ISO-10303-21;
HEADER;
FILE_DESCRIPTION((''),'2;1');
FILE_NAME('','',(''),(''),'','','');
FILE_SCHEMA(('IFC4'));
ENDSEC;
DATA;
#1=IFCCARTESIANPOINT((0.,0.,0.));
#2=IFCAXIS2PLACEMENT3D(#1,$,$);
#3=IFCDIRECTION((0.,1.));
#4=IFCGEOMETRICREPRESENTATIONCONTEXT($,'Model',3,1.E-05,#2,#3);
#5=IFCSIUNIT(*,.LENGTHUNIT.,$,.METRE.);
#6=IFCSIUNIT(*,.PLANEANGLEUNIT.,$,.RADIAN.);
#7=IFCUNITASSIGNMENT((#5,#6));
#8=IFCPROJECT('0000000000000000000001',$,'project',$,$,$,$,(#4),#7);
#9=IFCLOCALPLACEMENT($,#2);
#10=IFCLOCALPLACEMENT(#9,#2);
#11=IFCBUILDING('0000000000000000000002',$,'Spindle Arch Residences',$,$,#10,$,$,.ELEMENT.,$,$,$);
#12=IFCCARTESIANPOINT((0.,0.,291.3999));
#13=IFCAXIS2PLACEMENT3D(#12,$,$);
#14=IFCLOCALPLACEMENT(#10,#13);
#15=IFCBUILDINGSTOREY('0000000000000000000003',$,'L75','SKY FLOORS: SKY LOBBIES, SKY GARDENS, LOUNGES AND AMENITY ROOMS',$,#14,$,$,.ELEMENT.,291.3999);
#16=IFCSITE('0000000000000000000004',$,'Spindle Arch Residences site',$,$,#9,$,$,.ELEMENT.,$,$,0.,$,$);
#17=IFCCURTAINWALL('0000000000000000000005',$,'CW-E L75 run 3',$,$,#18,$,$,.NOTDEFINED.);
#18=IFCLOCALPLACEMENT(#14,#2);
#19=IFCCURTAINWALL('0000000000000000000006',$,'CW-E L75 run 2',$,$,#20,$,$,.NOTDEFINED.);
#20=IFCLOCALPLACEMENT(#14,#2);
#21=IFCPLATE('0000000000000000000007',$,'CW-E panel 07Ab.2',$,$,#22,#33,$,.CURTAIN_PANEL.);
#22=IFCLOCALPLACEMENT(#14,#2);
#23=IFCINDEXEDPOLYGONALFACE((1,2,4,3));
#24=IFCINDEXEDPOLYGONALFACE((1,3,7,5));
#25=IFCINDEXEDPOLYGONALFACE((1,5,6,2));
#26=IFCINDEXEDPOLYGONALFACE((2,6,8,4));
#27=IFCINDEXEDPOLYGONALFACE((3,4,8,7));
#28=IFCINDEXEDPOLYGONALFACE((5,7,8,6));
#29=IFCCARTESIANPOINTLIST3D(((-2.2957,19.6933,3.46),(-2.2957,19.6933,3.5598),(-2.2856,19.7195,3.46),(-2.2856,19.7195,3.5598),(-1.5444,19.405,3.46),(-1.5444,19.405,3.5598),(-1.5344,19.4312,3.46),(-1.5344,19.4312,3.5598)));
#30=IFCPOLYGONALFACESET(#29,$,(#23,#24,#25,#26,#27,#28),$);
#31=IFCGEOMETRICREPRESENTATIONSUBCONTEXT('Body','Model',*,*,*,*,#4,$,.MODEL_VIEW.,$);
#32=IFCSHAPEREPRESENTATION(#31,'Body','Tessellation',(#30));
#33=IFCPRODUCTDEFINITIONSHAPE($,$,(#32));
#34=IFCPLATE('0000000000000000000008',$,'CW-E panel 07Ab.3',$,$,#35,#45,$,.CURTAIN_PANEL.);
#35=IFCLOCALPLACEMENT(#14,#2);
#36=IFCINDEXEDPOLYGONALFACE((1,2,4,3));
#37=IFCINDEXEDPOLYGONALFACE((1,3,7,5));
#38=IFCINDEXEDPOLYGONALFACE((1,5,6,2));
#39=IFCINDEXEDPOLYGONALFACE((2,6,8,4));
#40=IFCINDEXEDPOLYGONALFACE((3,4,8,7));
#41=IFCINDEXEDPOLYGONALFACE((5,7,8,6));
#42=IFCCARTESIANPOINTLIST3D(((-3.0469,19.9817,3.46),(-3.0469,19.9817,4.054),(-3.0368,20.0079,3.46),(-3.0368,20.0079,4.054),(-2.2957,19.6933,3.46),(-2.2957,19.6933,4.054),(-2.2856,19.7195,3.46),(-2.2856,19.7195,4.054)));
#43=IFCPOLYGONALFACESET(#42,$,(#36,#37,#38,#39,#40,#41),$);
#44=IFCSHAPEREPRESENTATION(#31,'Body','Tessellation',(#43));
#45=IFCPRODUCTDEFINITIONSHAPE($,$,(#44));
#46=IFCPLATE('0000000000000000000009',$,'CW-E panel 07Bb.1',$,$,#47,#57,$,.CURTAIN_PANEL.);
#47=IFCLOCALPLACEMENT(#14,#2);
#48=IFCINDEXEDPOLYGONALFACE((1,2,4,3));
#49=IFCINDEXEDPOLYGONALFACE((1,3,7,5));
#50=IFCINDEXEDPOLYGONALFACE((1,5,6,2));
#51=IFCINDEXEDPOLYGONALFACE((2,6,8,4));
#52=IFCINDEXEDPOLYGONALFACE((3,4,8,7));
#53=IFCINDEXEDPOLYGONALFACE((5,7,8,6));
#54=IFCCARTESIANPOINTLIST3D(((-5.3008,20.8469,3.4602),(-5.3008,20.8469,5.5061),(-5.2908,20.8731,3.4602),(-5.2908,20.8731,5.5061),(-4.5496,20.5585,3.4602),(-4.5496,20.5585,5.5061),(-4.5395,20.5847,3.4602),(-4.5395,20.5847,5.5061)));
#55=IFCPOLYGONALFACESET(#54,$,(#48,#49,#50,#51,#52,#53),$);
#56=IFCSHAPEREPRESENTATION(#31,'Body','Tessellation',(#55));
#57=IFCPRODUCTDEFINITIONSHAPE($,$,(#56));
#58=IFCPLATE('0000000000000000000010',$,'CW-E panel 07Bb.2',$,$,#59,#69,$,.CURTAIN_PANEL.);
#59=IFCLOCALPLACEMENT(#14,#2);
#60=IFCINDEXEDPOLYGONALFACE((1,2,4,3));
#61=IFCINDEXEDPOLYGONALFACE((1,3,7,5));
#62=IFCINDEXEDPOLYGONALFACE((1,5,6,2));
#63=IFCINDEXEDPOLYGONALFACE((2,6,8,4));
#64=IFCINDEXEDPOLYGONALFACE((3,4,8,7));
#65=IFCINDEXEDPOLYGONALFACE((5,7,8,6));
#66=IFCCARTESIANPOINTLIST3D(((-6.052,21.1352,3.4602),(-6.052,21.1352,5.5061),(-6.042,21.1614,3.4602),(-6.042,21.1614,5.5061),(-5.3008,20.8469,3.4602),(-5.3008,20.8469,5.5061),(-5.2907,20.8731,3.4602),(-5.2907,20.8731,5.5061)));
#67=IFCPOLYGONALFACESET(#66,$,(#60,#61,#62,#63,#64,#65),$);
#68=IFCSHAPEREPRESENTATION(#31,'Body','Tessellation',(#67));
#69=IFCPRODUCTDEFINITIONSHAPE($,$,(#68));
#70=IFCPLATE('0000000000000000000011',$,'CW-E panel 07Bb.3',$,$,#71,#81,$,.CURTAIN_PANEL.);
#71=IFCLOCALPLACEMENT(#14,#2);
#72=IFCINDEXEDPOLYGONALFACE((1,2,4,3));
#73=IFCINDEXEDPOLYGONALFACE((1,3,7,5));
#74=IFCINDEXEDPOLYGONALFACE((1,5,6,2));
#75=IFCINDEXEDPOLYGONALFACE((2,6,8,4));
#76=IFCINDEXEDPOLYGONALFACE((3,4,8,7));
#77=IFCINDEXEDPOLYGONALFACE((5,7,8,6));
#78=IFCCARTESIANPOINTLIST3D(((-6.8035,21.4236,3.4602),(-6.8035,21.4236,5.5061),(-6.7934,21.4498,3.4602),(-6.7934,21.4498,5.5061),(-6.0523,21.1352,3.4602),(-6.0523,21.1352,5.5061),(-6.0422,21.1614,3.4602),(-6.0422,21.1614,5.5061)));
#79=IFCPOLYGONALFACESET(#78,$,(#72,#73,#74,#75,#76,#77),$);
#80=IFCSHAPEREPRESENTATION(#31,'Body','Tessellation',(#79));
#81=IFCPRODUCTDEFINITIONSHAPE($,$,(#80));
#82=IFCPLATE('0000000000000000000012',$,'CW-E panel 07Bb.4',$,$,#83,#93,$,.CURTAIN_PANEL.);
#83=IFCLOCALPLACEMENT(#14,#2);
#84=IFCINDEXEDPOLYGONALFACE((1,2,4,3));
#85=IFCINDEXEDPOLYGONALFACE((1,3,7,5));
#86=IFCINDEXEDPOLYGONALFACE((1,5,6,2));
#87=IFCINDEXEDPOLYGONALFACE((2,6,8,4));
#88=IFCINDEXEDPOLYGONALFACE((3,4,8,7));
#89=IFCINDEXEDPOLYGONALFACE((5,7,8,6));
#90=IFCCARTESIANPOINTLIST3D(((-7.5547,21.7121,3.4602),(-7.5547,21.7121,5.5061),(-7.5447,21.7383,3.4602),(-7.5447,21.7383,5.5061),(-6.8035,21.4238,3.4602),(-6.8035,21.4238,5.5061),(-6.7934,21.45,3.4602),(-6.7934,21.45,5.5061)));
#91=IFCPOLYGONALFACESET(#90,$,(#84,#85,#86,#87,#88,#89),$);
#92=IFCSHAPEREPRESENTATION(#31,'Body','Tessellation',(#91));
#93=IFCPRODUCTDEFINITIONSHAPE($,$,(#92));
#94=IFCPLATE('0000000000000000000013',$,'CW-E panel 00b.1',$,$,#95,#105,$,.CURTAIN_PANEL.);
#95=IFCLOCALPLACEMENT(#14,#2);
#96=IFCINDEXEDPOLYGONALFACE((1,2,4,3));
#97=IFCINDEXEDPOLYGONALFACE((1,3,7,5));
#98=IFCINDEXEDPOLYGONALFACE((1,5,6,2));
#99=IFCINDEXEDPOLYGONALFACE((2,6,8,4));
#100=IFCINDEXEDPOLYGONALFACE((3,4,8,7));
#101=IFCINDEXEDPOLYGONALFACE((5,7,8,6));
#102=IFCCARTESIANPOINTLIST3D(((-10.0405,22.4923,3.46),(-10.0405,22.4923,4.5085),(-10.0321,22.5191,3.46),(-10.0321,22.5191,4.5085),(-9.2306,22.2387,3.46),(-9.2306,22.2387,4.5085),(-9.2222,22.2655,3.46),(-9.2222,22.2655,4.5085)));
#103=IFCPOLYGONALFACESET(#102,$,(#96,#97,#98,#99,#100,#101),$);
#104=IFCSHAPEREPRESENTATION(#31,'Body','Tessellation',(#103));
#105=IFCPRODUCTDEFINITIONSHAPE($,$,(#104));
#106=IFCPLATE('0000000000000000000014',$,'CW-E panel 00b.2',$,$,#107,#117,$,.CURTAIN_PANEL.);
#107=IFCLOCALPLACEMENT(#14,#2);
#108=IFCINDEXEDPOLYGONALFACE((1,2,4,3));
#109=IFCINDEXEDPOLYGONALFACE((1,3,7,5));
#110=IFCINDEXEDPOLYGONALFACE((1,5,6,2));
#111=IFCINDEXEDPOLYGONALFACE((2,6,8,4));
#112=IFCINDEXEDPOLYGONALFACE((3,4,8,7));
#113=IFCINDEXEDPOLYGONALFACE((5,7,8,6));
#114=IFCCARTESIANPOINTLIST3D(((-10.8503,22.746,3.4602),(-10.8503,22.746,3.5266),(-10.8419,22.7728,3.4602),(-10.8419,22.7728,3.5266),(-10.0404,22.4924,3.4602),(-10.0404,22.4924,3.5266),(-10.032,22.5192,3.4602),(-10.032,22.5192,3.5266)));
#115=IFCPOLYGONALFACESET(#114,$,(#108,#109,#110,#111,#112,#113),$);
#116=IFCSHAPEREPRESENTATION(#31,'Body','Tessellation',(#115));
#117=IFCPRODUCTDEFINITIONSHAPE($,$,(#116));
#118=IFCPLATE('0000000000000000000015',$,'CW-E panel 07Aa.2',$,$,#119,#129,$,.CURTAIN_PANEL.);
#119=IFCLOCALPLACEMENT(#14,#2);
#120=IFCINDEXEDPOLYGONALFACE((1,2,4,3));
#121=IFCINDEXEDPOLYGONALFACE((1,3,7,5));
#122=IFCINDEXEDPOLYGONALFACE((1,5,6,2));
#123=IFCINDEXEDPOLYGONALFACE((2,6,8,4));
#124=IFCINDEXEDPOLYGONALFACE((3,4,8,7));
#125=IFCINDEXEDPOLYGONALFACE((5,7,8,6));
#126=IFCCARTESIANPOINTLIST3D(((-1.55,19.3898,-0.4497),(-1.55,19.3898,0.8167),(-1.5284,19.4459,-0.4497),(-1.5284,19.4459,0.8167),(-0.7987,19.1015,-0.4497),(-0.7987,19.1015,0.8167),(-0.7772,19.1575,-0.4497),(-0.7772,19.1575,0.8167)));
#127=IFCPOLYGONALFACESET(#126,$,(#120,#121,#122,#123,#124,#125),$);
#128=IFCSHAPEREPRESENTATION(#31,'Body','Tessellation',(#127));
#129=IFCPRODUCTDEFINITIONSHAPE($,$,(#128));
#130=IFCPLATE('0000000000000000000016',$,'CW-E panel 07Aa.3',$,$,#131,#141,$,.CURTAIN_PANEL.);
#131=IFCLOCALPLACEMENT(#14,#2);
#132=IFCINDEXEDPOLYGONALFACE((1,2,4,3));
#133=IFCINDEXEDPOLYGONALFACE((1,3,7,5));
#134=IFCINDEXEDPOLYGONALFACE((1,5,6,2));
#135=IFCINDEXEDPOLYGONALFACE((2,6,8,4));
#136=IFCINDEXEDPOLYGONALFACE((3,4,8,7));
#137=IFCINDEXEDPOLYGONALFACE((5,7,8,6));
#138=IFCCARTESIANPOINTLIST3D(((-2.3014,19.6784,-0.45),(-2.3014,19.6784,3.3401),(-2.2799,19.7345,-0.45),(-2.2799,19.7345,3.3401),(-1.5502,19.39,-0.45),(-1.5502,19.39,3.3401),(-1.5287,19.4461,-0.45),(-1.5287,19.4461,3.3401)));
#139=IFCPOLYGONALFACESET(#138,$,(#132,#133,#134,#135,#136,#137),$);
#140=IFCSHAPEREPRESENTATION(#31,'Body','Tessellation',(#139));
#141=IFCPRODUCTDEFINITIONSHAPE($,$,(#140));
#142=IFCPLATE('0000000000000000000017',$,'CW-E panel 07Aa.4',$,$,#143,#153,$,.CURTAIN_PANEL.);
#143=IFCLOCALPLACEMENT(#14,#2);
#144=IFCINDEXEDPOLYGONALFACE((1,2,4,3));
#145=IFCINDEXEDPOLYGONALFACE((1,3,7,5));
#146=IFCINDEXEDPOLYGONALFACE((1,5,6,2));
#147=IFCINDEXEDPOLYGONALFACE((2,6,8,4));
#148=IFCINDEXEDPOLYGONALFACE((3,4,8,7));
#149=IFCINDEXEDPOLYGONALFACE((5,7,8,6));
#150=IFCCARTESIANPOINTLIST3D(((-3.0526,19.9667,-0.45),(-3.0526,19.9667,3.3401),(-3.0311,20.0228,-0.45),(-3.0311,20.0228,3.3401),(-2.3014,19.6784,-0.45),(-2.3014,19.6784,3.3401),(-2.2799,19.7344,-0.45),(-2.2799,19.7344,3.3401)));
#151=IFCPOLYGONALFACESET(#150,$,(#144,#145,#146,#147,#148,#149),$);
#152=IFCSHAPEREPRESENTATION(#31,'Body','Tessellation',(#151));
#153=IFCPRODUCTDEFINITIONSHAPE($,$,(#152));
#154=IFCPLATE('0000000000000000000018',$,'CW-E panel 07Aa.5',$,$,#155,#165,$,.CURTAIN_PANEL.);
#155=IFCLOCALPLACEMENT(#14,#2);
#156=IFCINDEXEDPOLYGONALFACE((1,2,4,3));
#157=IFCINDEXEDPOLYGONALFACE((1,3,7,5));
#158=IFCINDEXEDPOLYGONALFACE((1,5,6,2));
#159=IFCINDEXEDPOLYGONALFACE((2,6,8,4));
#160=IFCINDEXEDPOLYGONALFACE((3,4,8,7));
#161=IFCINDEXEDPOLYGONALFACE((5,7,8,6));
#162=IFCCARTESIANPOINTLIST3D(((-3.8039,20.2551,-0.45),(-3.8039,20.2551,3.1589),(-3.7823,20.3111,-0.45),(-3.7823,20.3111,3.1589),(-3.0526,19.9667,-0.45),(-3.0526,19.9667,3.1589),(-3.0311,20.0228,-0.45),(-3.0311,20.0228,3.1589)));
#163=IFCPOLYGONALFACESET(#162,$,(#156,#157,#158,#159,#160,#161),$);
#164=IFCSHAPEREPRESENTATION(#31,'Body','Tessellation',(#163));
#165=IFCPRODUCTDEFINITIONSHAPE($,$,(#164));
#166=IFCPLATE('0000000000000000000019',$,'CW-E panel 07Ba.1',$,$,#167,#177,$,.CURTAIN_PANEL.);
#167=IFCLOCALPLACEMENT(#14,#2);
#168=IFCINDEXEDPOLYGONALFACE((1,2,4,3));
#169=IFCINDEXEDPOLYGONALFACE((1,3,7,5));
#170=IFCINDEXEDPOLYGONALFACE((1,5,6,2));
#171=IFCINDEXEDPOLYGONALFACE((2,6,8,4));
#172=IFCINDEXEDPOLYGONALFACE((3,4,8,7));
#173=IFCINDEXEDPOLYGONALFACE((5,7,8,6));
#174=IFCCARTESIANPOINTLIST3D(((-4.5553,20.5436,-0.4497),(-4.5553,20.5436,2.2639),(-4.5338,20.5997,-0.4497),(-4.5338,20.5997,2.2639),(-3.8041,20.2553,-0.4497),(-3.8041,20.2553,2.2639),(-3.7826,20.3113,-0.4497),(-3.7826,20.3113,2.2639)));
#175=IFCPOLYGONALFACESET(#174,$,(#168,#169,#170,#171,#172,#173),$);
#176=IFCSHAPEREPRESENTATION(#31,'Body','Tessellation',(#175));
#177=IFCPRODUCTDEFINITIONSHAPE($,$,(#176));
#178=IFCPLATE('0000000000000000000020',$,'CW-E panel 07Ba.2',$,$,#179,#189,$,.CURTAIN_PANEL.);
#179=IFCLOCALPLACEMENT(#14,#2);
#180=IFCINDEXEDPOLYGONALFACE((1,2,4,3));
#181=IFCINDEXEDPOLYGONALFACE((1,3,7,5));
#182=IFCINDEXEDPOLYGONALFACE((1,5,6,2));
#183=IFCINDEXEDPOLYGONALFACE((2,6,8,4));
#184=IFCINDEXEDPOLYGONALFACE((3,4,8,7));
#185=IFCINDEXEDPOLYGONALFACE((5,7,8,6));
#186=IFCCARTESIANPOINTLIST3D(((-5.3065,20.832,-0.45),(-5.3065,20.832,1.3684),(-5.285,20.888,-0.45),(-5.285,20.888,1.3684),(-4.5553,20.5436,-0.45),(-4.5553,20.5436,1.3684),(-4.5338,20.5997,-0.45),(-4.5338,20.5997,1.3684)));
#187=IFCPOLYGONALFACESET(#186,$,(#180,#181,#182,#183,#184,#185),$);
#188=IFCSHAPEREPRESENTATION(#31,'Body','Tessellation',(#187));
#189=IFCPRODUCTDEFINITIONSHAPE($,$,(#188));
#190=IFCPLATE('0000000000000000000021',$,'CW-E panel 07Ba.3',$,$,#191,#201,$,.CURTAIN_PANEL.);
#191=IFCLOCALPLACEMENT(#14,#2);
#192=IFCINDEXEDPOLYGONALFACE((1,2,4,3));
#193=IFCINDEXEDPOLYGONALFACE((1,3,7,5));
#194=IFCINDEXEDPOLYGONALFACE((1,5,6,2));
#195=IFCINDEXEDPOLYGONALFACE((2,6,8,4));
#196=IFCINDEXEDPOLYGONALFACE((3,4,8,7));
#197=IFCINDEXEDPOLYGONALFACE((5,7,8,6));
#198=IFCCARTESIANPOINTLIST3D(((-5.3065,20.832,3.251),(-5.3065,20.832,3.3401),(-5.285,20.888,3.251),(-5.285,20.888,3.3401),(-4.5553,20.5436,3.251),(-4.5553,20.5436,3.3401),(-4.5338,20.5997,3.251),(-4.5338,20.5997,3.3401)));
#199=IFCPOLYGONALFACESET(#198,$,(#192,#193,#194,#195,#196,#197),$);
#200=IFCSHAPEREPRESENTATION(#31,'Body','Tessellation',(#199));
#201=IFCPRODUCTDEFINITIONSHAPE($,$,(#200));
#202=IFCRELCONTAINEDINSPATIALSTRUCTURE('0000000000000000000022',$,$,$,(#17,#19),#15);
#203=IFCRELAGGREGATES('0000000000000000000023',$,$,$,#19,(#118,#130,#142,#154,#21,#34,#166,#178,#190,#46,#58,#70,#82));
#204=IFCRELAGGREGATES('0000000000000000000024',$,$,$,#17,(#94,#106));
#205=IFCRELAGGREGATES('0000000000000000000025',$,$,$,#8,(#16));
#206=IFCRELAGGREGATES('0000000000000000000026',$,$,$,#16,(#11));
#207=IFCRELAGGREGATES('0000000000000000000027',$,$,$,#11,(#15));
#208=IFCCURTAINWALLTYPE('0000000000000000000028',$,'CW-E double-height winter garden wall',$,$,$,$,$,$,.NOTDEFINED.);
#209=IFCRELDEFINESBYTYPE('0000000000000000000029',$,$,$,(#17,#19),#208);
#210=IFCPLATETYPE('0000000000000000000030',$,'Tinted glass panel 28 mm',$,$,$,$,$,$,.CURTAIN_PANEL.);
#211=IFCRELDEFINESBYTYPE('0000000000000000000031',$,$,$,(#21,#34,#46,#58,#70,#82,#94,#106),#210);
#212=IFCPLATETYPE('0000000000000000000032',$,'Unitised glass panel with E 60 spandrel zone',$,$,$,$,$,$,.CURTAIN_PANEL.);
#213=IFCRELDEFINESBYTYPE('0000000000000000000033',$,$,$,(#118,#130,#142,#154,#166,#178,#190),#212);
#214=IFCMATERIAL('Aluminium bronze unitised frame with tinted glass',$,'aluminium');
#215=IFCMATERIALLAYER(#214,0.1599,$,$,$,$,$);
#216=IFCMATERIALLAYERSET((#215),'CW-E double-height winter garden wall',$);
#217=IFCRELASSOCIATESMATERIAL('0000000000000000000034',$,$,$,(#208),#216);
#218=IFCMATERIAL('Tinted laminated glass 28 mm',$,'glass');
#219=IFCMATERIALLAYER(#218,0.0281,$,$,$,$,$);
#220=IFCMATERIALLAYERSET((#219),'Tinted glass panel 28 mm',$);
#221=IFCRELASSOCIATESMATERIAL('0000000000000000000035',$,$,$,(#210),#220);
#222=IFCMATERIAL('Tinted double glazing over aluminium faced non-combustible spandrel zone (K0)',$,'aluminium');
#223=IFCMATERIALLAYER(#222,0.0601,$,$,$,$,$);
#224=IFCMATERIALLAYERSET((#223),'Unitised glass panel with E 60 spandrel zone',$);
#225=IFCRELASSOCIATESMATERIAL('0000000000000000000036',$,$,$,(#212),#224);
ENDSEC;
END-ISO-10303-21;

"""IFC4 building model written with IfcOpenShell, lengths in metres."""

from ifc_helpers import new_model, si_unit, direction, frame, origin, origin_2d, place, context, subcontext, project, spatial, rectangle, extrude, material, layer, layer_set, type_object, element, aggregate, save


model = new_model("IFC4")

# Units and contexts
model_context = context("Model", 3, precision=1e-05, world=origin(), true_north=direction((0.0, 1.0)))
body_context = subcontext(model_context, "Body", "Model", "MODEL_VIEW")
ifc_project = project(units=[si_unit("LENGTHUNIT", "METRE"), si_unit("PLANEANGLEUNIT", "RADIAN")], contexts=[model_context])

# Site, building, storey
site_placement = place(None, origin())
site = spatial("IfcSite", under=ifc_project, at=site_placement, Name="Spindle Arch Residences site", CompositionType="ELEMENT", RefElevation=0.0)
building_placement = place(site_placement, origin())
building = spatial("IfcBuilding", under=site, at=building_placement, Name="Spindle Arch Residences", CompositionType="ELEMENT")
storey_placement = place(building_placement, frame((0.0, 0.0, 291.3999)))
storey = spatial("IfcBuildingStorey", under=building, at=storey_placement, Name="L75", Description="SKY FLOORS: SKY LOBBIES, SKY GARDENS, LOUNGES AND AMENITY ROOMS", CompositionType="ELEMENT", Elevation=291.3999)

# Curtain wall
ifc_material_1 = material(Name="Aluminium bronze unitised frame with tinted glass", Category="aluminium")
ifc_layer_1 = layer(ifc_material_1, 0.1599)
ifc_layer_set_1 = layer_set([ifc_layer_1], Name="CW-E double-height winter garden wall")
curtain_wall_type = type_object("IfcCurtainWallType", Name="CW-E double-height winter garden wall", PredefinedType="NOTDEFINED", material=ifc_layer_set_1)
curtain_wall_1_placement = place(storey_placement, origin())
curtain_wall_1 = element("IfcCurtainWall", 1, at=curtain_wall_1_placement, inside=storey, type_object=curtain_wall_type, Name="CW-E L75 run 3", PredefinedType="NOTDEFINED")

# Curtain wall
curtain_wall_2_placement = place(storey_placement, origin())
curtain_wall_2 = element("IfcCurtainWall", 2, at=curtain_wall_2_placement, inside=storey, type_object=curtain_wall_type, Name="CW-E L75 run 2", PredefinedType="NOTDEFINED")

# Plates
ifc_material_2 = material(Name="Tinted laminated glass 28 mm", Category="glass")
ifc_layer_2 = layer(ifc_material_2, 0.0281)
ifc_layer_set_2 = layer_set([ifc_layer_2], Name="Tinted glass panel 28 mm")
plate_type_1 = type_object("IfcPlateType", Name="Tinted glass panel 28 mm", PredefinedType="CURTAIN_PANEL", material=ifc_layer_set_2)
plate_1_placement = place(storey_placement, frame((-1.915, 19.5623, 3.46), z_axis=(0.0, 0.0, 1.0), x_axis=(-0.93358, 0.358368, 0.0)))
plate_1 = element("IfcPlate", 3, at=plate_1_placement, type_object=plate_type_1, Name="CW-E panel 07Ab.2", PredefinedType="CURTAIN_PANEL", context=body_context, shape_type="SweptSolid", body=[
    extrude(rectangle(XDim=0.8047, YDim=0.0281, at=origin_2d()), origin(), (0.0, 0.0, 1.0), 0.0999),
])
plate_2_placement = place(storey_placement, frame((-2.6663, 19.8506, 3.46), z_axis=(0.0, 0.0, 1.0), x_axis=(-0.93358, 0.358368, 0.0)))
plate_2 = element("IfcPlate", 4, at=plate_2_placement, type_object=plate_type_1, Name="CW-E panel 07Ab.3", PredefinedType="CURTAIN_PANEL", context=body_context, shape_type="SweptSolid", body=[
    extrude(rectangle(XDim=0.8047, YDim=0.0281, at=origin_2d()), origin(), (0.0, 0.0, 1.0), 0.594),
])
plate_3_placement = place(storey_placement, frame((-4.9202, 20.7158, 3.4602), z_axis=(0.0, 0.0, 1.0), x_axis=(-0.93358, 0.358368, 0.0)))
plate_3 = element("IfcPlate", 5, at=plate_3_placement, type_object=plate_type_1, Name="CW-E panel 07Bb.1", PredefinedType="CURTAIN_PANEL", context=body_context, shape_type="SweptSolid", body=[
    extrude(rectangle(XDim=0.8047, YDim=0.0281, at=origin_2d()), origin(), (0.0, 0.0, 1.0), 2.0459),
])
plate_4_placement = place(storey_placement, frame((-5.6714, 21.0042, 3.4602), z_axis=(0.0, 0.0, 1.0), x_axis=(-0.93358, 0.358368, 0.0)))
plate_4 = element("IfcPlate", 6, at=plate_4_placement, type_object=plate_type_1, Name="CW-E panel 07Bb.2", PredefinedType="CURTAIN_PANEL", context=body_context, shape_type="SweptSolid", body=[
    extrude(rectangle(XDim=0.8047, YDim=0.0281, at=origin_2d()), origin(), (0.0, 0.0, 1.0), 2.0459),
])
plate_5_placement = place(storey_placement, frame((-6.4229, 21.2925, 3.4602), z_axis=(0.0, 0.0, 1.0), x_axis=(-0.93358, 0.358368, 0.0)))
plate_5 = element("IfcPlate", 7, at=plate_5_placement, type_object=plate_type_1, Name="CW-E panel 07Bb.3", PredefinedType="CURTAIN_PANEL", context=body_context, shape_type="SweptSolid", body=[
    extrude(rectangle(XDim=0.8047, YDim=0.0281, at=origin_2d()), origin(), (0.0, 0.0, 1.0), 2.0459),
])
plate_6_placement = place(storey_placement, frame((-7.1741, 21.5811, 3.4602), z_axis=(0.0, 0.0, 1.0), x_axis=(-0.93358, 0.358368, 0.0)))
plate_6 = element("IfcPlate", 8, at=plate_6_placement, type_object=plate_type_1, Name="CW-E panel 07Bb.4", PredefinedType="CURTAIN_PANEL", context=body_context, shape_type="SweptSolid", body=[
    extrude(rectangle(XDim=0.8047, YDim=0.0281, at=origin_2d()), origin(), (0.0, 0.0, 1.0), 2.0459),
])
plate_7_placement = place(storey_placement, frame((-9.6313, 22.3789, 3.46), z_axis=(0.0, 0.0, 1.0), x_axis=(-0.954315, 0.298803, 0.0)))
plate_7 = element("IfcPlate", 9, at=plate_7_placement, type_object=plate_type_1, Name="CW-E panel 00b.1", PredefinedType="CURTAIN_PANEL", context=body_context, shape_type="SweptSolid", body=[
    extrude(rectangle(XDim=0.8486, YDim=0.0281, at=origin_2d()), origin(), (0.0, 0.0, 1.0), 1.0486),
])
plate_8_placement = place(storey_placement, frame((-10.4412, 22.6326, 3.4602), z_axis=(0.0, 0.0, 1.0), x_axis=(-0.954315, 0.298803, 0.0)))
plate_8 = element("IfcPlate", 10, at=plate_8_placement, type_object=plate_type_1, Name="CW-E panel 00b.2", PredefinedType="CURTAIN_PANEL", context=body_context, shape_type="SweptSolid", body=[
    extrude(rectangle(XDim=0.8486, YDim=0.0281, at=origin_2d()), origin(), (0.0, 0.0, 1.0), 0.0664),
])
ifc_material_3 = material(Name="Tinted double glazing over aluminium faced non-combustible spandrel zone (K0)", Category="aluminium")
ifc_layer_3 = layer(ifc_material_3, 0.0601)
ifc_layer_set_3 = layer_set([ifc_layer_3], Name="Unitised glass panel with E 60 spandrel zone")
plate_type_2 = type_object("IfcPlateType", Name="Unitised glass panel with E 60 spandrel zone", PredefinedType="CURTAIN_PANEL", material=ifc_layer_set_3)
plate_9_placement = place(storey_placement, frame((-1.1636, 19.2737, -0.4497), z_axis=(0.0, 0.0, 1.0), x_axis=(-0.93358, 0.358368, 0.0)))
plate_9 = element("IfcPlate", 11, at=plate_9_placement, type_object=plate_type_2, Name="CW-E panel 07Aa.2", PredefinedType="CURTAIN_PANEL", context=body_context, shape_type="SweptSolid", body=[
    extrude(rectangle(XDim=0.8047, YDim=0.0601, at=origin_2d()), origin(), (0.0, 0.0, 1.0), 1.2664),
])
plate_10_placement = place(storey_placement, frame((-1.915, 19.5623, -0.45), z_axis=(0.0, 0.0, 1.0), x_axis=(-0.93358, 0.358368, 0.0)))
plate_10 = element("IfcPlate", 12, at=plate_10_placement, type_object=plate_type_2, Name="CW-E panel 07Aa.3", PredefinedType="CURTAIN_PANEL", context=body_context, shape_type="SweptSolid", body=[
    extrude(rectangle(XDim=0.8047, YDim=0.0601, at=origin_2d()), origin(), (0.0, 0.0, 1.0), 3.79),
])
plate_11_placement = place(storey_placement, frame((-2.6663, 19.8506, -0.45), z_axis=(0.0, 0.0, 1.0), x_axis=(-0.93358, 0.358368, 0.0)))
plate_11 = element("IfcPlate", 13, at=plate_11_placement, type_object=plate_type_2, Name="CW-E panel 07Aa.4", PredefinedType="CURTAIN_PANEL", context=body_context, shape_type="SweptSolid", body=[
    extrude(rectangle(XDim=0.8047, YDim=0.0601, at=origin_2d()), origin(), (0.0, 0.0, 1.0), 3.79),
])
plate_12_placement = place(storey_placement, frame((-3.4175, 20.1389, -0.45), z_axis=(0.0, 0.0, 1.0), x_axis=(-0.93358, 0.358368, 0.0)))
plate_12 = element("IfcPlate", 14, at=plate_12_placement, type_object=plate_type_2, Name="CW-E panel 07Aa.5", PredefinedType="CURTAIN_PANEL", context=body_context, shape_type="SweptSolid", body=[
    extrude(rectangle(XDim=0.8047, YDim=0.0601, at=origin_2d()), origin(), (0.0, 0.0, 1.0), 3.6089),
])
plate_13_placement = place(storey_placement, frame((-4.1689, 20.4275, -0.4497), z_axis=(0.0, 0.0, 1.0), x_axis=(-0.93358, 0.358368, 0.0)))
plate_13 = element("IfcPlate", 15, at=plate_13_placement, type_object=plate_type_2, Name="CW-E panel 07Ba.1", PredefinedType="CURTAIN_PANEL", context=body_context, shape_type="SweptSolid", body=[
    extrude(rectangle(XDim=0.8047, YDim=0.0601, at=origin_2d()), origin(), (0.0, 0.0, 1.0), 2.7136),
])
plate_14_placement = place(storey_placement, frame((-4.9202, 20.7158, -0.45), z_axis=(0.0, 0.0, 1.0), x_axis=(-0.93358, 0.358368, 0.0)))
plate_14 = element("IfcPlate", 16, at=plate_14_placement, type_object=plate_type_2, Name="CW-E panel 07Ba.2", PredefinedType="CURTAIN_PANEL", context=body_context, shape_type="SweptSolid", body=[
    extrude(rectangle(XDim=0.8047, YDim=0.0601, at=origin_2d()), origin(), (0.0, 0.0, 1.0), 1.8184),
])
plate_15_placement = place(storey_placement, frame((-4.9202, 20.7158, 3.251), z_axis=(0.0, 0.0, 1.0), x_axis=(-0.93358, 0.358368, 0.0)))
plate_15 = element("IfcPlate", 17, at=plate_15_placement, type_object=plate_type_2, Name="CW-E panel 07Ba.3", PredefinedType="CURTAIN_PANEL", context=body_context, shape_type="SweptSolid", body=[
    extrude(rectangle(XDim=0.8047, YDim=0.0601, at=origin_2d()), origin(), (0.0, 0.0, 1.0), 0.0891),
])
aggregate(curtain_wall_2, [plate_9, plate_10, plate_11, plate_12, plate_1, plate_2, plate_13, plate_14, plate_15, plate_3, plate_4, plate_5, plate_6])
aggregate(curtain_wall_1, [plate_7, plate_8])

save(model, "model.ifc")
